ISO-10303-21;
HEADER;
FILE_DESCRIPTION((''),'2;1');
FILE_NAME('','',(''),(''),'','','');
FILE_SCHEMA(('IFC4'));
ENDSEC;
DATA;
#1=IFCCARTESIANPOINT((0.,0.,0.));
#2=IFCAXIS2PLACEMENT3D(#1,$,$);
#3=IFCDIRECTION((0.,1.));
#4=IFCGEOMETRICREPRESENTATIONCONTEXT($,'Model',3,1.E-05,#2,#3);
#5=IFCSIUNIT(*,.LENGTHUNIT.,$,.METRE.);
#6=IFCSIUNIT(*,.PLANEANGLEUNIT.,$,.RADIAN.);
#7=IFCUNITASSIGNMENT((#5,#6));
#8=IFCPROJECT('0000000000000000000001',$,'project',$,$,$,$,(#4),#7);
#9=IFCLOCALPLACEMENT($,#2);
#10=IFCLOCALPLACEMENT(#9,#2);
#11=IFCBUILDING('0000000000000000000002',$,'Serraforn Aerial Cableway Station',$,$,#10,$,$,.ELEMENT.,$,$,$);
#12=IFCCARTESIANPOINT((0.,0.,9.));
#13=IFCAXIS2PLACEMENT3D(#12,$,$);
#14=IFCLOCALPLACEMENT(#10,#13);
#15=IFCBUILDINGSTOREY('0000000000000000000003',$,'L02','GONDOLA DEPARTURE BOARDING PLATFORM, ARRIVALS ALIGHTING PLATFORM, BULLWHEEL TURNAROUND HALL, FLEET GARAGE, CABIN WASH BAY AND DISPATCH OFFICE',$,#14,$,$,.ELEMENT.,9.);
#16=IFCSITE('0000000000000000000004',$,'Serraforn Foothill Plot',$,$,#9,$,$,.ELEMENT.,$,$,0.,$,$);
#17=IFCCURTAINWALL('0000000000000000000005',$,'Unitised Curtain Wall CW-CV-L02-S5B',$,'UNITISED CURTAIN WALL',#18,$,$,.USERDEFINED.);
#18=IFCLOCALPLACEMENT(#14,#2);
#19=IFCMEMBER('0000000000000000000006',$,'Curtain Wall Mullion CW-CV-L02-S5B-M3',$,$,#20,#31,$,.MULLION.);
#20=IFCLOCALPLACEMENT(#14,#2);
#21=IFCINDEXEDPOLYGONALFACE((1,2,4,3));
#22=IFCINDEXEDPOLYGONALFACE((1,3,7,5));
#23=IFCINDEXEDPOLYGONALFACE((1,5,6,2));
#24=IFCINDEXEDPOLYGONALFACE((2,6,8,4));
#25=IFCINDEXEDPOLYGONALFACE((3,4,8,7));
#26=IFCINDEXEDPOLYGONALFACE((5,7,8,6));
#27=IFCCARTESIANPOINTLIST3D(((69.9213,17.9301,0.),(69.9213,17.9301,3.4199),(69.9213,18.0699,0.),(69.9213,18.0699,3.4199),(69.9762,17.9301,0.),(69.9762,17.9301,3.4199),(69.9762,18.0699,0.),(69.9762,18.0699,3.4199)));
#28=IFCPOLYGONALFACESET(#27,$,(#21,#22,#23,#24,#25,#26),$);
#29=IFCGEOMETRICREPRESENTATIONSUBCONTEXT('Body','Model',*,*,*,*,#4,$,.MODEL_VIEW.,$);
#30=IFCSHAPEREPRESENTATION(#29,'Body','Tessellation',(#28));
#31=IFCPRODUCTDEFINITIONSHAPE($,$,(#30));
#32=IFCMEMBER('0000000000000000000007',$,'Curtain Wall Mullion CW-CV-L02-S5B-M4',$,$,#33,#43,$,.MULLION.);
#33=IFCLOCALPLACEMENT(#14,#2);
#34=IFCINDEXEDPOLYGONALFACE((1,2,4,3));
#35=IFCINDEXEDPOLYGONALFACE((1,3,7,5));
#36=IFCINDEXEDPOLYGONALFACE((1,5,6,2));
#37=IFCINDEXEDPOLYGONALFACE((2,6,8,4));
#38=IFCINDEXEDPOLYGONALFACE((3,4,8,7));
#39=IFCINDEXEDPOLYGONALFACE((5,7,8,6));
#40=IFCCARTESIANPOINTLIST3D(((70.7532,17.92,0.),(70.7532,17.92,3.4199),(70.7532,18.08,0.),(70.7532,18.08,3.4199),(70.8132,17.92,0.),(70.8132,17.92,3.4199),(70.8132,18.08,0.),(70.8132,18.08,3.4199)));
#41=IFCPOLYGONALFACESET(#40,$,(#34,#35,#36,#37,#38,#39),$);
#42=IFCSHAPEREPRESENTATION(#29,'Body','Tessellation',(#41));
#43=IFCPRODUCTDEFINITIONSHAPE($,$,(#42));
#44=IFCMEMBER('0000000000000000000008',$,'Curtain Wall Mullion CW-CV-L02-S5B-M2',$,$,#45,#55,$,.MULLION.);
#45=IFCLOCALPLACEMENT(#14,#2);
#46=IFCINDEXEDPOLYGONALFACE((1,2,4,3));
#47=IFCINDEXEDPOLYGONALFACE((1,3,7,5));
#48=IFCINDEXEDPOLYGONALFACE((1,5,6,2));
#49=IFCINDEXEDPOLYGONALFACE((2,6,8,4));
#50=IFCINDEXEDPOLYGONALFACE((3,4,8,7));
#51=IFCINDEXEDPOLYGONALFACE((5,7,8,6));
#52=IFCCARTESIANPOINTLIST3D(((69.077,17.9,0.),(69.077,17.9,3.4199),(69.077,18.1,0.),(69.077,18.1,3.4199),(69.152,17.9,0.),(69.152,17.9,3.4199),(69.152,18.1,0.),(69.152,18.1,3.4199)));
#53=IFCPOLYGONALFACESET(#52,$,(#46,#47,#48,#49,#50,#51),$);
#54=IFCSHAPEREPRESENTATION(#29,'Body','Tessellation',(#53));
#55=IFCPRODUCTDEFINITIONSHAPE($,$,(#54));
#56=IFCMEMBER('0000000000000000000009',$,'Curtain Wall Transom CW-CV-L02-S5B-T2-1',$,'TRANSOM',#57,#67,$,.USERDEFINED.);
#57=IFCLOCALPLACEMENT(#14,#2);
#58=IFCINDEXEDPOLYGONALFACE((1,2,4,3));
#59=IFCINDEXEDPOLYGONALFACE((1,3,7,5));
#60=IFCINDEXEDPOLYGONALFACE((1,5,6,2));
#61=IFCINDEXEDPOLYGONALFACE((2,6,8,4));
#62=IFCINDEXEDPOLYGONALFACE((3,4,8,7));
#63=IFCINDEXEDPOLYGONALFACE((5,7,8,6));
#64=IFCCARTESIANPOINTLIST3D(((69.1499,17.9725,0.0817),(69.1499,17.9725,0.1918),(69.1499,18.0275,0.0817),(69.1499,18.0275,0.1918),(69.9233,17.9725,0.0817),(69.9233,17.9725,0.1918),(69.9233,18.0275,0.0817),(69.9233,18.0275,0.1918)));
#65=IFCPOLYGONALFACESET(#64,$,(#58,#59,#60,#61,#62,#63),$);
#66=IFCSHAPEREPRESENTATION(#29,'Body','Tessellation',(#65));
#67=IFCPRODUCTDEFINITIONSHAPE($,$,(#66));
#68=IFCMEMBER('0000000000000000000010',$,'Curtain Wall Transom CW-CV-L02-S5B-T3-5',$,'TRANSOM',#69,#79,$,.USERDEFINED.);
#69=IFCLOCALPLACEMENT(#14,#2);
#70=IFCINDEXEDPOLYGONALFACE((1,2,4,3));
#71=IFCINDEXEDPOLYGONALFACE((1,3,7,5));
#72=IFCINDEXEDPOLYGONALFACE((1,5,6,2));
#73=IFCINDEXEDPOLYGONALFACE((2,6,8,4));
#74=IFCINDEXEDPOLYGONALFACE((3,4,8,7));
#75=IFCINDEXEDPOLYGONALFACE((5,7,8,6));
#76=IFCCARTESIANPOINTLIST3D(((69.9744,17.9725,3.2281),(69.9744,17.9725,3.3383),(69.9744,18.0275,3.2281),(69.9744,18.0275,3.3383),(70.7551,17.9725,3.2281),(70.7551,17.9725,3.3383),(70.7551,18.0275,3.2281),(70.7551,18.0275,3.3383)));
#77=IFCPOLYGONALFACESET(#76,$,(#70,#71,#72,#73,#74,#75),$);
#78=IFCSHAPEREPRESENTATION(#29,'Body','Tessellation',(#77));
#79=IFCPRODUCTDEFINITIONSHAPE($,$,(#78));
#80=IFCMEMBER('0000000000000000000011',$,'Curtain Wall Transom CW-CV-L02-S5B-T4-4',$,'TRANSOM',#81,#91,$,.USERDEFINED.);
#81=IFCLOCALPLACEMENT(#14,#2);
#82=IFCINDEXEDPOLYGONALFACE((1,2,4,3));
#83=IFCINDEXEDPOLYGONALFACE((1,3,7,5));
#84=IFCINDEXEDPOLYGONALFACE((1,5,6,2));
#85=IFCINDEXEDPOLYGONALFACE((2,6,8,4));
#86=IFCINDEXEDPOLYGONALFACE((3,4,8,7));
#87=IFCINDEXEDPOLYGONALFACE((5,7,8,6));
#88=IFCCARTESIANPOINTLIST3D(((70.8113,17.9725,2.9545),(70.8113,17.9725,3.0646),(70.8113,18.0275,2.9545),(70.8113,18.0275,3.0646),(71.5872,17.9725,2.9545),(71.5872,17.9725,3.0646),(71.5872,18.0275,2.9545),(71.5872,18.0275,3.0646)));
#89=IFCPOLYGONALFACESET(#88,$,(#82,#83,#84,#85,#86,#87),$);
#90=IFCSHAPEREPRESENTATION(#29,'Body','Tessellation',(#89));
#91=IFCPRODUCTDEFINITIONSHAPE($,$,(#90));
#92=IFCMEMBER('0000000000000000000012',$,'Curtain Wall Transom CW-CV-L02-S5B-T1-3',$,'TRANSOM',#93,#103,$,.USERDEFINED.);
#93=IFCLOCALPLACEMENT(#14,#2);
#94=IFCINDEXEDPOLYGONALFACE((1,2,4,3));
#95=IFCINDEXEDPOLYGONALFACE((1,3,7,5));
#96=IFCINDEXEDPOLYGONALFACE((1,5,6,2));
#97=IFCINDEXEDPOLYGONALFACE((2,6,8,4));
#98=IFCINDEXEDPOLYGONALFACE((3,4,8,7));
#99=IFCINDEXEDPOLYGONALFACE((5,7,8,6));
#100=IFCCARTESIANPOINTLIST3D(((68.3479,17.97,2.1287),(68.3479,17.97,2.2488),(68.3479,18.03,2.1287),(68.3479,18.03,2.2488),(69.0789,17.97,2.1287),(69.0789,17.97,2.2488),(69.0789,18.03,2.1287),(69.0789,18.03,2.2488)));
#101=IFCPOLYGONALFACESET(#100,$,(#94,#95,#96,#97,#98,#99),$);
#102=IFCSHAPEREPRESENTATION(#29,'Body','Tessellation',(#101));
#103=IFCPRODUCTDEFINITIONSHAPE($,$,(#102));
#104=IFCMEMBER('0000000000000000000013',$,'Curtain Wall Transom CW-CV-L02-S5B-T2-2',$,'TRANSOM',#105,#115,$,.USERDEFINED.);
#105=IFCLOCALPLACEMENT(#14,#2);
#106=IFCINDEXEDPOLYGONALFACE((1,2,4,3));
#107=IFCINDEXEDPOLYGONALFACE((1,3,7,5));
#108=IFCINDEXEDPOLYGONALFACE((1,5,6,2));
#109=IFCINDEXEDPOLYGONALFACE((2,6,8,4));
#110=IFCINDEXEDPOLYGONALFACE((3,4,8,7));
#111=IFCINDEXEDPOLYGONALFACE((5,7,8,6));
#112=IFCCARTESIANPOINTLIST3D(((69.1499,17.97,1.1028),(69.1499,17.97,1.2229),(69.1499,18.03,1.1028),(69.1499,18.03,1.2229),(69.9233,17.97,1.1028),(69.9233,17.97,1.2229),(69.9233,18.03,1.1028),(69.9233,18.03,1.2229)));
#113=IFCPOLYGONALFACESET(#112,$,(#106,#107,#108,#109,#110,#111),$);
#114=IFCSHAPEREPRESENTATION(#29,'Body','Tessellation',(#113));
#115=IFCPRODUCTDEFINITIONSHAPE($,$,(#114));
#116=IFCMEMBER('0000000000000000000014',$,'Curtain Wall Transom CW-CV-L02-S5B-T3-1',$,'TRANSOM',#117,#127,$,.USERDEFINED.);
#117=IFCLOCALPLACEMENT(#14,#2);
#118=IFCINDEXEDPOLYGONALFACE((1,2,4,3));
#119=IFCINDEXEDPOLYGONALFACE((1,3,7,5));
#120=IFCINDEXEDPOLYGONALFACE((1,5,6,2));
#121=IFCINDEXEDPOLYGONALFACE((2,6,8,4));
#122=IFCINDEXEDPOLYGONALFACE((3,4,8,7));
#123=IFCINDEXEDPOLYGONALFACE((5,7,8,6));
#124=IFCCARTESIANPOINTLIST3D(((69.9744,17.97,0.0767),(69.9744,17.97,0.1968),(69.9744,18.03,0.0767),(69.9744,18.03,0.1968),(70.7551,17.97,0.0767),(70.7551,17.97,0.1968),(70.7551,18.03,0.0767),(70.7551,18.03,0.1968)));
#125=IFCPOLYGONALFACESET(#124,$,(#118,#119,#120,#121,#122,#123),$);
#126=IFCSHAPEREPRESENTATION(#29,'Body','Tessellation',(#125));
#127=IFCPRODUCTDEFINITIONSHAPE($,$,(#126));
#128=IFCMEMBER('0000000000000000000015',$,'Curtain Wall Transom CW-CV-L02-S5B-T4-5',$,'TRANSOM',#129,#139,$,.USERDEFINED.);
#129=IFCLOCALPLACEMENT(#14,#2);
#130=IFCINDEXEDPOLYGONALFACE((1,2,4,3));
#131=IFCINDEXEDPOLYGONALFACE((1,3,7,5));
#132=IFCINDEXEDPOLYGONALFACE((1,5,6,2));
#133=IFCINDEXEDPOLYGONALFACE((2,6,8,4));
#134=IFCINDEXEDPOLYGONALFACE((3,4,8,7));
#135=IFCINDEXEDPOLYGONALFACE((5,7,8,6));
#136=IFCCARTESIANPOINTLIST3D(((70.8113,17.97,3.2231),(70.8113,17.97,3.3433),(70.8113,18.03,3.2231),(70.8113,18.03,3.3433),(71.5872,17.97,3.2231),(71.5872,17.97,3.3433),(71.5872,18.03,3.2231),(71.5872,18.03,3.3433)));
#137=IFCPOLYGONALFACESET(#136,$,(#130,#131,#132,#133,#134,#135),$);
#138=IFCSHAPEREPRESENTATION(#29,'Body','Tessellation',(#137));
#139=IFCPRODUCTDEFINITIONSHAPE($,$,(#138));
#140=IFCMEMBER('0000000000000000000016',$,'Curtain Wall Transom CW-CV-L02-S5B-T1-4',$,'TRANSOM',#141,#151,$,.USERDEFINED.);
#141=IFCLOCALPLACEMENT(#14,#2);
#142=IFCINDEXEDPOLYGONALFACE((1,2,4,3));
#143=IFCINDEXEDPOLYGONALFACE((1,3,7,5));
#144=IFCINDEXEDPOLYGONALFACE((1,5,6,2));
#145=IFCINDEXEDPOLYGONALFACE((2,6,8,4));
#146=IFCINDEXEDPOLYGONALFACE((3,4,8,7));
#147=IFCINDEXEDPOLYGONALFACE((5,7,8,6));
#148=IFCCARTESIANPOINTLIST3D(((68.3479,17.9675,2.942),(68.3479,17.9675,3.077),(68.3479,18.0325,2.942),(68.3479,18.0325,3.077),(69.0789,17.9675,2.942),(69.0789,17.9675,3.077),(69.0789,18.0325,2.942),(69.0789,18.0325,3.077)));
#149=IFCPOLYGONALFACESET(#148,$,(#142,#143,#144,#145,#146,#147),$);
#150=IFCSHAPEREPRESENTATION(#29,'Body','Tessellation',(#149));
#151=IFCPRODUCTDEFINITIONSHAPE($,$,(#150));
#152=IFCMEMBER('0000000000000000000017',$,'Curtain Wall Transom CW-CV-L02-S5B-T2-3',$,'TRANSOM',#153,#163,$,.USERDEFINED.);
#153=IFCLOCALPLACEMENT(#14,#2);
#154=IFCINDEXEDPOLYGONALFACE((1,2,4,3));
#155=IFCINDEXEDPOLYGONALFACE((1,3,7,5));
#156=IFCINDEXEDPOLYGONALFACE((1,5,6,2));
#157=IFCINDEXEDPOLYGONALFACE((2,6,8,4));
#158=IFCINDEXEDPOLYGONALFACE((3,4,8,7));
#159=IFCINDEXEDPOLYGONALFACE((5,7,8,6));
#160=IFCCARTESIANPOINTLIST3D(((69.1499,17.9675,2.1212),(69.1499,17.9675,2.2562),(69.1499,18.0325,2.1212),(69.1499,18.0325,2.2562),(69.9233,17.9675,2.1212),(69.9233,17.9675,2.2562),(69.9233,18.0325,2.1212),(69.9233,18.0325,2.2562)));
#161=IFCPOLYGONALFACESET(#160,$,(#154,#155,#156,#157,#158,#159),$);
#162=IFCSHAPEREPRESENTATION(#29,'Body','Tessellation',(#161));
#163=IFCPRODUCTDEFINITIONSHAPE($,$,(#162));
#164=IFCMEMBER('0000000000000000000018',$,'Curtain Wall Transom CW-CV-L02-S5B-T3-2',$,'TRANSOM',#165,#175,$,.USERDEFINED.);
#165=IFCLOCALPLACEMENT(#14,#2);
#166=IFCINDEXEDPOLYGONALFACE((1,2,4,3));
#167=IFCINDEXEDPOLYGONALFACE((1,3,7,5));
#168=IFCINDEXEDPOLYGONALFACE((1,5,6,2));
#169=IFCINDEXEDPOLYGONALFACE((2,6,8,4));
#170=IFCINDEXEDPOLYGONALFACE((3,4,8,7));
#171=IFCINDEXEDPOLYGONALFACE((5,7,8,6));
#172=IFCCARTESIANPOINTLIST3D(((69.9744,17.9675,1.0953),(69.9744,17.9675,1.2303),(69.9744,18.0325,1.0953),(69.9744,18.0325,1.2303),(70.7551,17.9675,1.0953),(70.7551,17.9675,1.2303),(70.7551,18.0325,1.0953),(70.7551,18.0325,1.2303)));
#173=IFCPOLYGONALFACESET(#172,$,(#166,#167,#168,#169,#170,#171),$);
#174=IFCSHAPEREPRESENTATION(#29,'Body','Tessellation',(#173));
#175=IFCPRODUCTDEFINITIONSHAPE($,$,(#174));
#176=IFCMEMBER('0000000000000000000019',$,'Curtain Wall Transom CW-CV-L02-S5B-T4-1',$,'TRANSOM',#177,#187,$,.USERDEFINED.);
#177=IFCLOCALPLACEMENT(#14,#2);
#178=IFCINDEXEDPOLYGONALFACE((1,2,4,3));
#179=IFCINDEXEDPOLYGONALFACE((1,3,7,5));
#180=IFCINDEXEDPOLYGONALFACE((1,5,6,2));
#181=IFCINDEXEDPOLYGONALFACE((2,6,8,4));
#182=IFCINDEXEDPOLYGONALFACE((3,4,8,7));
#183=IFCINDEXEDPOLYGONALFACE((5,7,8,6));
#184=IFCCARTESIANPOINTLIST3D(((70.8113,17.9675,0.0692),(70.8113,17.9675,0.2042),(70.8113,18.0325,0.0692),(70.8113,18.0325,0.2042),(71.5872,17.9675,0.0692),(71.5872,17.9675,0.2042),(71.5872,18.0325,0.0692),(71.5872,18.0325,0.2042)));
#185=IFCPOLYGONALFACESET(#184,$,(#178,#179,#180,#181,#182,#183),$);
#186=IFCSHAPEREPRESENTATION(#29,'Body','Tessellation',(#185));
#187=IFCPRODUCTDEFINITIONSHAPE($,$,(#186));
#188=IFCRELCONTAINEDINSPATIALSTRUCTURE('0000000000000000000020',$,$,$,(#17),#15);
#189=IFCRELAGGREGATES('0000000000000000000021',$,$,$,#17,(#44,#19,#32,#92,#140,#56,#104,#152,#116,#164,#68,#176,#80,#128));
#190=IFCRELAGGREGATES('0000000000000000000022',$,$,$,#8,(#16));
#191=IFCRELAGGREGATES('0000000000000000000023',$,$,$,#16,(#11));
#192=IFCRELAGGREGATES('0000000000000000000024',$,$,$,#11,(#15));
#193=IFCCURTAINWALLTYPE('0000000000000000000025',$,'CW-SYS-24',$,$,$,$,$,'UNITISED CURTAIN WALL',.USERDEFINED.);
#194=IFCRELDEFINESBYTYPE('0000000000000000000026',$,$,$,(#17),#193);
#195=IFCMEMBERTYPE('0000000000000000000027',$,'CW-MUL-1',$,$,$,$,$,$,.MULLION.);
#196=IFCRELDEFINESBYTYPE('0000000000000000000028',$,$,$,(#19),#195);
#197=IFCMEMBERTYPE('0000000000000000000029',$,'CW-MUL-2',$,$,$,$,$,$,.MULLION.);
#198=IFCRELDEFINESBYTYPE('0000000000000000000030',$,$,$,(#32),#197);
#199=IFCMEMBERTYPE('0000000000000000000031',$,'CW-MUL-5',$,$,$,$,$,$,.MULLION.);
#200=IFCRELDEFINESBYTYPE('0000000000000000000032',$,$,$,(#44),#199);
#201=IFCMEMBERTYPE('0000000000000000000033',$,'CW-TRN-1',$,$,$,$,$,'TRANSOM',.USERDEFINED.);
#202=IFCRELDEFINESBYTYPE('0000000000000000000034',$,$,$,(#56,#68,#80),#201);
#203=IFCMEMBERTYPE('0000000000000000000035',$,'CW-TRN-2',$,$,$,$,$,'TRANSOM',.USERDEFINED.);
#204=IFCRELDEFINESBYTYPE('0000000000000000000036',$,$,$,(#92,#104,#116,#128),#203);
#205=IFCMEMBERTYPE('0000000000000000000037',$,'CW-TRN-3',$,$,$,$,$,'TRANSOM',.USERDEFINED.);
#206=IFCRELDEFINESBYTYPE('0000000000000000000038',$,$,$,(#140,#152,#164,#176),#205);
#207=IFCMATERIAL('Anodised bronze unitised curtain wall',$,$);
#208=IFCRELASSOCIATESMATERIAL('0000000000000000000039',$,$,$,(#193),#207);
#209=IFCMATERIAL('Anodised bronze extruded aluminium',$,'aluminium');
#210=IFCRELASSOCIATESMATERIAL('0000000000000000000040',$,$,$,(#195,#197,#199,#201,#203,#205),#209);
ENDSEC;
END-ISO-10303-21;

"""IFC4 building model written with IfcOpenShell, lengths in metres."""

from ifc_helpers import new_model, si_unit, direction, frame, origin, origin_2d, place, context, subcontext, project, spatial, rectangle, extrude, material, material_profile, profile_set, type_object, element, aggregate, save


model = new_model("IFC4")

# Units and contexts
model_context = context("Model", 3, precision=1e-05, world=origin(), true_north=direction((0.0, 1.0)))
body_context = subcontext(model_context, "Body", "Model", "MODEL_VIEW")
ifc_project = project(units=[si_unit("LENGTHUNIT", "METRE"), si_unit("PLANEANGLEUNIT", "RADIAN")], contexts=[model_context])

# Site, building, storey
site_placement = place(None, origin())
site = spatial("IfcSite", under=ifc_project, at=site_placement, Name="Serraforn Foothill Plot", CompositionType="ELEMENT", RefElevation=0.0)
building_placement = place(site_placement, origin())
building = spatial("IfcBuilding", under=site, at=building_placement, Name="Serraforn Aerial Cableway Station", CompositionType="ELEMENT")
storey_placement = place(building_placement, frame((0.0, 0.0, 9.0)))
storey = spatial("IfcBuildingStorey", under=building, at=storey_placement, Name="L02", Description="GONDOLA DEPARTURE BOARDING PLATFORM, ARRIVALS ALIGHTING PLATFORM, BULLWHEEL TURNAROUND HALL, FLEET GARAGE, CABIN WASH BAY AND DISPATCH OFFICE", CompositionType="ELEMENT", Elevation=9.0)

# Curtain wall, members
ifc_material_1 = material(Name="Anodised bronze unitised curtain wall")
curtain_wall_type = type_object("IfcCurtainWallType", Name="CW-SYS-24", ElementType="UNITISED CURTAIN WALL", PredefinedType="USERDEFINED", material=ifc_material_1)
curtain_wall_placement = place(storey_placement, origin())
curtain_wall = element("IfcCurtainWall", 1, at=curtain_wall_placement, inside=storey, type_object=curtain_wall_type, Name="Unitised Curtain Wall CW-CV-L02-S5B", ObjectType="UNITISED CURTAIN WALL", PredefinedType="USERDEFINED")
ifc_material_2 = material(Name="Anodised bronze extruded aluminium", Category="aluminium")
ifc_material_profile_1 = material_profile(ifc_material_2, rectangle(XDim=0.0549, YDim=0.1399, at=origin_2d()), Name="CW MULLION 55x140")
ifc_profile_set_1 = profile_set([ifc_material_profile_1], Name="Anodised bronze extruded aluminium")
member_type_1 = type_object("IfcMemberType", Name="CW-MUL-1", PredefinedType="MULLION", material=ifc_profile_set_1)
member_1_placement = place(storey_placement, frame((69.9487, 18.0, 0.0), z_axis=(0.0, 0.0, 1.0), x_axis=(1.0, 0.0, 0.0)))
member_1 = element("IfcMember", 2, at=member_1_placement, type_object=member_type_1, Name="Curtain Wall Mullion CW-CV-L02-S5B-M3", PredefinedType="MULLION", context=body_context, shape_type="SweptSolid", body=[
    extrude(rectangle(XDim=0.0549, YDim=0.1399, at=origin_2d()), origin(), (0.0, 0.0, 1.0), 3.4199),
])
ifc_material_profile_2 = material_profile(ifc_material_2, rectangle(XDim=0.0601, YDim=0.1599, at=origin_2d()), Name="CW MULLION 60x160")
ifc_profile_set_2 = profile_set([ifc_material_profile_2], Name="Anodised bronze extruded aluminium")
member_type_2 = type_object("IfcMemberType", Name="CW-MUL-2", PredefinedType="MULLION", material=ifc_profile_set_2)
member_2_placement = place(storey_placement, frame((70.7832, 18.0, 0.0), z_axis=(0.0, 0.0, 1.0), x_axis=(1.0, 0.0, 0.0)))
member_2 = element("IfcMember", 3, at=member_2_placement, type_object=member_type_2, Name="Curtain Wall Mullion CW-CV-L02-S5B-M4", PredefinedType="MULLION", context=body_context, shape_type="SweptSolid", body=[
    extrude(rectangle(XDim=0.0601, YDim=0.1599, at=origin_2d()), origin(), (0.0, 0.0, 1.0), 3.4199),
])
ifc_material_profile_3 = material_profile(ifc_material_2, rectangle(XDim=0.075, YDim=0.2, at=origin_2d()), Name="CW MULLION 75x200")
ifc_profile_set_3 = profile_set([ifc_material_profile_3], Name="Anodised bronze extruded aluminium")
member_type_3 = type_object("IfcMemberType", Name="CW-MUL-5", PredefinedType="MULLION", material=ifc_profile_set_3)
member_3_placement = place(storey_placement, frame((69.1145, 18.0, 0.0), z_axis=(0.0, 0.0, 1.0), x_axis=(1.0, 0.0, 0.0)))
member_3 = element("IfcMember", 4, at=member_3_placement, type_object=member_type_3, Name="Curtain Wall Mullion CW-CV-L02-S5B-M2", PredefinedType="MULLION", context=body_context, shape_type="SweptSolid", body=[
    extrude(rectangle(XDim=0.075, YDim=0.2, at=origin_2d()), origin(), (0.0, 0.0, 1.0), 3.4199),
])
ifc_material_profile_4 = material_profile(ifc_material_2, rectangle(XDim=0.0549, YDim=0.1101, at=origin_2d()), Name="CW TRANSOM 55x110")
ifc_profile_set_4 = profile_set([ifc_material_profile_4], Name="Anodised bronze extruded aluminium")
member_type_4 = type_object("IfcMemberType", Name="CW-TRN-1", ElementType="TRANSOM", PredefinedType="USERDEFINED", material=ifc_profile_set_4)
member_4_placement = place(storey_placement, frame((69.1499, 18.0, 0.1367), z_axis=(1.0, 0.0, 0.0), x_axis=(0.0, 1.0, 0.0)))
member_4 = element("IfcMember", 5, at=member_4_placement, type_object=member_type_4, Name="Curtain Wall Transom CW-CV-L02-S5B-T2-1", ObjectType="TRANSOM", PredefinedType="USERDEFINED", context=body_context, shape_type="SweptSolid", body=[
    extrude(rectangle(XDim=0.0549, YDim=0.1101, at=origin_2d()), origin(), (0.0, 0.0, 1.0), 0.7734),
])
member_5_placement = place(storey_placement, frame((69.9744, 18.0, 3.2832), z_axis=(1.0, 0.0, 0.0), x_axis=(0.0, 1.0, 0.0)))
member_5 = element("IfcMember", 6, at=member_5_placement, type_object=member_type_4, Name="Curtain Wall Transom CW-CV-L02-S5B-T3-5", ObjectType="TRANSOM", PredefinedType="USERDEFINED", context=body_context, shape_type="SweptSolid", body=[
    extrude(rectangle(XDim=0.0549, YDim=0.1101, at=origin_2d()), origin(), (0.0, 0.0, 1.0), 0.7808),
])
member_6_placement = place(storey_placement, frame((70.8113, 18.0, 3.0095), z_axis=(1.0, 0.0, 0.0), x_axis=(0.0, 1.0, 0.0)))
member_6 = element("IfcMember", 7, at=member_6_placement, type_object=member_type_4, Name="Curtain Wall Transom CW-CV-L02-S5B-T4-4", ObjectType="TRANSOM", PredefinedType="USERDEFINED", context=body_context, shape_type="SweptSolid", body=[
    extrude(rectangle(XDim=0.0549, YDim=0.1101, at=origin_2d()), origin(), (0.0, 0.0, 1.0), 0.7759),
])
ifc_material_profile_5 = material_profile(ifc_material_2, rectangle(XDim=0.0601, YDim=0.1201, at=origin_2d()), Name="CW TRANSOM 60x120")
ifc_profile_set_5 = profile_set([ifc_material_profile_5], Name="Anodised bronze extruded aluminium")
member_type_5 = type_object("IfcMemberType", Name="CW-TRN-2", ElementType="TRANSOM", PredefinedType="USERDEFINED", material=ifc_profile_set_5)
member_7_placement = place(storey_placement, frame((68.3479, 18.0, 2.1887), z_axis=(1.0, 0.0, 0.0), x_axis=(0.0, 1.0, 0.0)))
member_7 = element("IfcMember", 8, at=member_7_placement, type_object=member_type_5, Name="Curtain Wall Transom CW-CV-L02-S5B-T1-3", ObjectType="TRANSOM", PredefinedType="USERDEFINED", context=body_context, shape_type="SweptSolid", body=[
    extrude(rectangle(XDim=0.0601, YDim=0.1201, at=origin_2d()), origin(), (0.0, 0.0, 1.0), 0.731),
])
member_8_placement = place(storey_placement, frame((69.1499, 18.0, 1.1628), z_axis=(1.0, 0.0, 0.0), x_axis=(0.0, 1.0, 0.0)))
member_8 = element("IfcMember", 9, at=member_8_placement, type_object=member_type_5, Name="Curtain Wall Transom CW-CV-L02-S5B-T2-2", ObjectType="TRANSOM", PredefinedType="USERDEFINED", context=body_context, shape_type="SweptSolid", body=[
    extrude(rectangle(XDim=0.0601, YDim=0.1201, at=origin_2d()), origin(), (0.0, 0.0, 1.0), 0.7734),
])
member_9_placement = place(storey_placement, frame((69.9744, 18.0, 0.1367), z_axis=(1.0, 0.0, 0.0), x_axis=(0.0, 1.0, 0.0)))
member_9 = element("IfcMember", 10, at=member_9_placement, type_object=member_type_5, Name="Curtain Wall Transom CW-CV-L02-S5B-T3-1", ObjectType="TRANSOM", PredefinedType="USERDEFINED", context=body_context, shape_type="SweptSolid", body=[
    extrude(rectangle(XDim=0.0601, YDim=0.1201, at=origin_2d()), origin(), (0.0, 0.0, 1.0), 0.7808),
])
member_10_placement = place(storey_placement, frame((70.8113, 18.0, 3.2832), z_axis=(1.0, 0.0, 0.0), x_axis=(0.0, 1.0, 0.0)))
member_10 = element("IfcMember", 11, at=member_10_placement, type_object=member_type_5, Name="Curtain Wall Transom CW-CV-L02-S5B-T4-5", ObjectType="TRANSOM", PredefinedType="USERDEFINED", context=body_context, shape_type="SweptSolid", body=[
    extrude(rectangle(XDim=0.0601, YDim=0.1201, at=origin_2d()), origin(), (0.0, 0.0, 1.0), 0.7759),
])
ifc_material_profile_6 = material_profile(ifc_material_2, rectangle(XDim=0.0649, YDim=0.135, at=origin_2d()), Name="CW TRANSOM 65x135")
ifc_profile_set_6 = profile_set([ifc_material_profile_6], Name="Anodised bronze extruded aluminium")
member_type_6 = type_object("IfcMemberType", Name="CW-TRN-3", ElementType="TRANSOM", PredefinedType="USERDEFINED", material=ifc_profile_set_6)
member_11_placement = place(storey_placement, frame((68.3479, 18.0, 3.0095), z_axis=(1.0, 0.0, 0.0), x_axis=(0.0, 1.0, 0.0)))
member_11 = element("IfcMember", 12, at=member_11_placement, type_object=member_type_6, Name="Curtain Wall Transom CW-CV-L02-S5B-T1-4", ObjectType="TRANSOM", PredefinedType="USERDEFINED", context=body_context, shape_type="SweptSolid", body=[
    extrude(rectangle(XDim=0.0649, YDim=0.135, at=origin_2d()), origin(), (0.0, 0.0, 1.0), 0.731),
])
member_12_placement = place(storey_placement, frame((69.1499, 18.0, 2.1887), z_axis=(1.0, 0.0, 0.0), x_axis=(0.0, 1.0, 0.0)))
member_12 = element("IfcMember", 13, at=member_12_placement, type_object=member_type_6, Name="Curtain Wall Transom CW-CV-L02-S5B-T2-3", ObjectType="TRANSOM", PredefinedType="USERDEFINED", context=body_context, shape_type="SweptSolid", body=[
    extrude(rectangle(XDim=0.0649, YDim=0.135, at=origin_2d()), origin(), (0.0, 0.0, 1.0), 0.7734),
])
member_13_placement = place(storey_placement, frame((69.9744, 18.0, 1.1628), z_axis=(1.0, 0.0, 0.0), x_axis=(0.0, 1.0, 0.0)))
member_13 = element("IfcMember", 14, at=member_13_placement, type_object=member_type_6, Name="Curtain Wall Transom CW-CV-L02-S5B-T3-2", ObjectType="TRANSOM", PredefinedType="USERDEFINED", context=body_context, shape_type="SweptSolid", body=[
    extrude(rectangle(XDim=0.0649, YDim=0.135, at=origin_2d()), origin(), (0.0, 0.0, 1.0), 0.7808),
])
member_14_placement = place(storey_placement, frame((70.8113, 18.0, 0.1367), z_axis=(1.0, 0.0, 0.0), x_axis=(0.0, 1.0, 0.0)))
member_14 = element("IfcMember", 15, at=member_14_placement, type_object=member_type_6, Name="Curtain Wall Transom CW-CV-L02-S5B-T4-1", ObjectType="TRANSOM", PredefinedType="USERDEFINED", context=body_context, shape_type="SweptSolid", body=[
    extrude(rectangle(XDim=0.0649, YDim=0.135, at=origin_2d()), origin(), (0.0, 0.0, 1.0), 0.7759),
])
aggregate(curtain_wall, [member_3, member_1, member_2, member_7, member_11, member_4, member_8, member_12, member_9, member_13, member_5, member_14, member_6, member_10])

save(model, "model.ifc")
